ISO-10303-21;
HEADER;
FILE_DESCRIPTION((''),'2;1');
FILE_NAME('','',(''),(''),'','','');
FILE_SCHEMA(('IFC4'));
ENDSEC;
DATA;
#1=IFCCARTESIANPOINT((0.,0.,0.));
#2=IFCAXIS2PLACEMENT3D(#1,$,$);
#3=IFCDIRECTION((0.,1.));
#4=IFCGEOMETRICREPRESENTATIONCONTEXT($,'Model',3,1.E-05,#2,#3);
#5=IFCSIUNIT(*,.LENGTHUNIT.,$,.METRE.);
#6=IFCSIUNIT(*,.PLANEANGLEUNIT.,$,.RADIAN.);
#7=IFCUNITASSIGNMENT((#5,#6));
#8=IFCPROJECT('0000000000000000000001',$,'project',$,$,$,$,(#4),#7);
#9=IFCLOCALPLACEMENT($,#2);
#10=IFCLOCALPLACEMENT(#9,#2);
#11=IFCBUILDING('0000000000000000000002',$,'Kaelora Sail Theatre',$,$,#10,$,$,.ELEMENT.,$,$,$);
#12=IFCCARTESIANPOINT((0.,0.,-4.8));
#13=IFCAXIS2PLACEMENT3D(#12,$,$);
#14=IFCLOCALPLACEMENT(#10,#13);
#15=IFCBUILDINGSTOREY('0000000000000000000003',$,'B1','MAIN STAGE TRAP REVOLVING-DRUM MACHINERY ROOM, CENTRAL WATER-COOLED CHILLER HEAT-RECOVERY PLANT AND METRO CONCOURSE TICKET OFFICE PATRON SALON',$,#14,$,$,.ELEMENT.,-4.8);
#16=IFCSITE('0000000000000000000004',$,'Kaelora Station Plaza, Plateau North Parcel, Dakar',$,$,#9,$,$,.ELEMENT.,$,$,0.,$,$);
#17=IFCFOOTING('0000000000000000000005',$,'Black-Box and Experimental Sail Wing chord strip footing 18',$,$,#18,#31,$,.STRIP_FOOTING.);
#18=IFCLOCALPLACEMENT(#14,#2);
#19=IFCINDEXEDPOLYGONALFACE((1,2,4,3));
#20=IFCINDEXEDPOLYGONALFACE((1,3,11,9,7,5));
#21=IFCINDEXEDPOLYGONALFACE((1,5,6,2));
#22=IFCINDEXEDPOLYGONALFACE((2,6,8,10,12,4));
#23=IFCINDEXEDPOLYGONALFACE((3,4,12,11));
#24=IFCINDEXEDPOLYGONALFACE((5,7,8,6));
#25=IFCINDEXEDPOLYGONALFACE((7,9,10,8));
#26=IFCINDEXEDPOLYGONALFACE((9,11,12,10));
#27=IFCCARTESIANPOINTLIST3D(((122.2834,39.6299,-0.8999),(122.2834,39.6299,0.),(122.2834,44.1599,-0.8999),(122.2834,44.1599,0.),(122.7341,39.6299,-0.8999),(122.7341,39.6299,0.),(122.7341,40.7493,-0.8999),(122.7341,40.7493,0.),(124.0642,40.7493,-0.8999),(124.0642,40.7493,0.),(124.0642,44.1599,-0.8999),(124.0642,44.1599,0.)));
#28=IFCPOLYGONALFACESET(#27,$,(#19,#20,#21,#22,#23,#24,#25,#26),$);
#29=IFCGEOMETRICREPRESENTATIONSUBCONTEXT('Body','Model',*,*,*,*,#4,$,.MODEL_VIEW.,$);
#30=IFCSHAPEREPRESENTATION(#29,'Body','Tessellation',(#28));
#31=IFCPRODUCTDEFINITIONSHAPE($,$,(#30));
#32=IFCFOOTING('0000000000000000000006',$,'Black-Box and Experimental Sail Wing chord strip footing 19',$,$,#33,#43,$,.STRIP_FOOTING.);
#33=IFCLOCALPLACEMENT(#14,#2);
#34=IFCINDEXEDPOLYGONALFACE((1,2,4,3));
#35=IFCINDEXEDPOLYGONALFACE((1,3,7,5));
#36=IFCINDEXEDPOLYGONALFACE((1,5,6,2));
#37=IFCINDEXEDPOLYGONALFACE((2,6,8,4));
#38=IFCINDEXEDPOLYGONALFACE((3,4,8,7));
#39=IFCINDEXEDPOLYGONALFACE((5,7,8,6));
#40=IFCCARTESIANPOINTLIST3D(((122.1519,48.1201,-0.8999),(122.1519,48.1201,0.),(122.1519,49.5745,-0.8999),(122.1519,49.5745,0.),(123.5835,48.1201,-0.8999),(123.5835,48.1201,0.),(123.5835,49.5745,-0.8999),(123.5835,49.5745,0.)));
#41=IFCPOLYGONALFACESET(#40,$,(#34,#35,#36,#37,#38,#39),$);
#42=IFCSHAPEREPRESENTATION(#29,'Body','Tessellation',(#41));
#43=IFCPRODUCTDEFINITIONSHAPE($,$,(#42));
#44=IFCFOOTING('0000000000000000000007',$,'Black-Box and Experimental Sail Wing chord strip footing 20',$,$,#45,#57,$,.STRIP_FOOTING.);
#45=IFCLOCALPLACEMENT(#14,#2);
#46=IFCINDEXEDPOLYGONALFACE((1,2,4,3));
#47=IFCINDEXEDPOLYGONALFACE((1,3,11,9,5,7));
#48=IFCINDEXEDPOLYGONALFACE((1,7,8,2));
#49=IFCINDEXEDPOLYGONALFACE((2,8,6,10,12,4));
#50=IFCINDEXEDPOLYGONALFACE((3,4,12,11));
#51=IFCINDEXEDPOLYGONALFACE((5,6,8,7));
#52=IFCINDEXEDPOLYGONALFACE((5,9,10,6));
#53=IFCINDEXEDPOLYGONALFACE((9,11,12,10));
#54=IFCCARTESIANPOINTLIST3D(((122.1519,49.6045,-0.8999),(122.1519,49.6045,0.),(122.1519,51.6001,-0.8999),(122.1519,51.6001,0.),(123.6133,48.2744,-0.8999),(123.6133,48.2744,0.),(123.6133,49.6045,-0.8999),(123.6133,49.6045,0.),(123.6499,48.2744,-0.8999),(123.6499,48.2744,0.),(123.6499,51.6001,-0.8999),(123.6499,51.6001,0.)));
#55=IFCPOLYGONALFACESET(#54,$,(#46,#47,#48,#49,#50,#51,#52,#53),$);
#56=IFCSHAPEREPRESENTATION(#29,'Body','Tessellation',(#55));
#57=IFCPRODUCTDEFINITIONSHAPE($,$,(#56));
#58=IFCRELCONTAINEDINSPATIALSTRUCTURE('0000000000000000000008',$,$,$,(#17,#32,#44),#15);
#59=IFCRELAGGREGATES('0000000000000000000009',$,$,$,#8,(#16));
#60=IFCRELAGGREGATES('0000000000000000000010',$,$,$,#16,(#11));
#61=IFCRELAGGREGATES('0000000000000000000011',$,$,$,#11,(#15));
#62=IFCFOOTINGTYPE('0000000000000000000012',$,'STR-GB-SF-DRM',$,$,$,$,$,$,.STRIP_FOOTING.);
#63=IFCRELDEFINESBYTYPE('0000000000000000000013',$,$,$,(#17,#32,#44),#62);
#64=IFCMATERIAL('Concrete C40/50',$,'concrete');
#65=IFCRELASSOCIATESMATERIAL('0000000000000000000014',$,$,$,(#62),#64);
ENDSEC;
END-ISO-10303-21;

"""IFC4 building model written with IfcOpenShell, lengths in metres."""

from ifc_helpers import new_model, si_unit, direction, frame, origin, place, context, subcontext, project, spatial, polyline, outline, extrude, material, type_object, element, save


model = new_model("IFC4")

# Units and contexts
model_context = context("Model", 3, precision=1e-05, world=origin(), true_north=direction((0.0, 1.0)))
body_context = subcontext(model_context, "Body", "Model", "MODEL_VIEW")
ifc_project = project(units=[si_unit("LENGTHUNIT", "METRE"), si_unit("PLANEANGLEUNIT", "RADIAN")], contexts=[model_context])

# Site, building, storey
site_placement = place(None, origin())
site = spatial("IfcSite", under=ifc_project, at=site_placement, Name="Kaelora Station Plaza, Plateau North Parcel, Dakar", CompositionType="ELEMENT", RefElevation=0.0)
building_placement = place(site_placement, origin())
building = spatial("IfcBuilding", under=site, at=building_placement, Name="Kaelora Sail Theatre", CompositionType="ELEMENT")
storey_placement = place(building_placement, frame((0.0, 0.0, -4.8)))
storey = spatial("IfcBuildingStorey", under=building, at=storey_placement, Name="B1", Description="MAIN STAGE TRAP REVOLVING-DRUM MACHINERY ROOM, CENTRAL WATER-COOLED CHILLER HEAT-RECOVERY PLANT AND METRO CONCOURSE TICKET OFFICE PATRON SALON", CompositionType="ELEMENT", Elevation=-4.8)

# Footings
ifc_material_1 = material(Name="Concrete C40/50", Category="concrete")
footing_type_1 = type_object("IfcFootingType", Name="STR-GB-SF-DRM", PredefinedType="STRIP_FOOTING", material=ifc_material_1)
footing_1_placement = place(storey_placement, frame((0.0, 0.0, -0.8999)))
element("IfcFooting", 1, at=footing_1_placement, inside=storey, type_object=footing_type_1, Name="Black-Box and Experimental Sail Wing chord strip footing 18", PredefinedType="STRIP_FOOTING", context=body_context, shape_type="SweptSolid", body=[
    extrude(outline(polyline([(122.2834, 39.6299), (122.2834, 44.1599), (124.0642, 44.1599), (124.0642, 40.7493), (122.7341, 40.7493), (122.7341, 39.6299), (122.2834, 39.6299)])), origin(), (0.0, 0.0, 1.0), 0.8999),
])
footing_2_placement = place(storey_placement, frame((0.0, 0.0, -0.8999)))
element("IfcFooting", 2, at=footing_2_placement, inside=storey, type_object=footing_type_1, Name="Black-Box and Experimental Sail Wing chord strip footing 19", PredefinedType="STRIP_FOOTING", context=body_context, shape_type="SweptSolid", body=[
    extrude(outline(polyline([(123.5835, 48.1201), (122.1519, 48.1201), (122.1519, 49.5745), (123.5835, 49.5745), (123.5835, 48.1201)])), origin(), (0.0, 0.0, 1.0), 0.8999),
])
footing_3_placement = place(storey_placement, frame((0.0, 0.0, -0.8999)))
element("IfcFooting", 3, at=footing_3_placement, inside=storey, type_object=footing_type_1, Name="Black-Box and Experimental Sail Wing chord strip footing 20", PredefinedType="STRIP_FOOTING", context=body_context, shape_type="SweptSolid", body=[
    extrude(outline(polyline([(122.1519, 51.6001), (123.6499, 51.6001), (123.6499, 48.2744), (123.6133, 48.2744), (123.6133, 49.6045), (122.1519, 49.6045), (122.1519, 51.6001)])), origin(), (0.0, 0.0, 1.0), 0.8999),
])

save(model, "model.ifc")
